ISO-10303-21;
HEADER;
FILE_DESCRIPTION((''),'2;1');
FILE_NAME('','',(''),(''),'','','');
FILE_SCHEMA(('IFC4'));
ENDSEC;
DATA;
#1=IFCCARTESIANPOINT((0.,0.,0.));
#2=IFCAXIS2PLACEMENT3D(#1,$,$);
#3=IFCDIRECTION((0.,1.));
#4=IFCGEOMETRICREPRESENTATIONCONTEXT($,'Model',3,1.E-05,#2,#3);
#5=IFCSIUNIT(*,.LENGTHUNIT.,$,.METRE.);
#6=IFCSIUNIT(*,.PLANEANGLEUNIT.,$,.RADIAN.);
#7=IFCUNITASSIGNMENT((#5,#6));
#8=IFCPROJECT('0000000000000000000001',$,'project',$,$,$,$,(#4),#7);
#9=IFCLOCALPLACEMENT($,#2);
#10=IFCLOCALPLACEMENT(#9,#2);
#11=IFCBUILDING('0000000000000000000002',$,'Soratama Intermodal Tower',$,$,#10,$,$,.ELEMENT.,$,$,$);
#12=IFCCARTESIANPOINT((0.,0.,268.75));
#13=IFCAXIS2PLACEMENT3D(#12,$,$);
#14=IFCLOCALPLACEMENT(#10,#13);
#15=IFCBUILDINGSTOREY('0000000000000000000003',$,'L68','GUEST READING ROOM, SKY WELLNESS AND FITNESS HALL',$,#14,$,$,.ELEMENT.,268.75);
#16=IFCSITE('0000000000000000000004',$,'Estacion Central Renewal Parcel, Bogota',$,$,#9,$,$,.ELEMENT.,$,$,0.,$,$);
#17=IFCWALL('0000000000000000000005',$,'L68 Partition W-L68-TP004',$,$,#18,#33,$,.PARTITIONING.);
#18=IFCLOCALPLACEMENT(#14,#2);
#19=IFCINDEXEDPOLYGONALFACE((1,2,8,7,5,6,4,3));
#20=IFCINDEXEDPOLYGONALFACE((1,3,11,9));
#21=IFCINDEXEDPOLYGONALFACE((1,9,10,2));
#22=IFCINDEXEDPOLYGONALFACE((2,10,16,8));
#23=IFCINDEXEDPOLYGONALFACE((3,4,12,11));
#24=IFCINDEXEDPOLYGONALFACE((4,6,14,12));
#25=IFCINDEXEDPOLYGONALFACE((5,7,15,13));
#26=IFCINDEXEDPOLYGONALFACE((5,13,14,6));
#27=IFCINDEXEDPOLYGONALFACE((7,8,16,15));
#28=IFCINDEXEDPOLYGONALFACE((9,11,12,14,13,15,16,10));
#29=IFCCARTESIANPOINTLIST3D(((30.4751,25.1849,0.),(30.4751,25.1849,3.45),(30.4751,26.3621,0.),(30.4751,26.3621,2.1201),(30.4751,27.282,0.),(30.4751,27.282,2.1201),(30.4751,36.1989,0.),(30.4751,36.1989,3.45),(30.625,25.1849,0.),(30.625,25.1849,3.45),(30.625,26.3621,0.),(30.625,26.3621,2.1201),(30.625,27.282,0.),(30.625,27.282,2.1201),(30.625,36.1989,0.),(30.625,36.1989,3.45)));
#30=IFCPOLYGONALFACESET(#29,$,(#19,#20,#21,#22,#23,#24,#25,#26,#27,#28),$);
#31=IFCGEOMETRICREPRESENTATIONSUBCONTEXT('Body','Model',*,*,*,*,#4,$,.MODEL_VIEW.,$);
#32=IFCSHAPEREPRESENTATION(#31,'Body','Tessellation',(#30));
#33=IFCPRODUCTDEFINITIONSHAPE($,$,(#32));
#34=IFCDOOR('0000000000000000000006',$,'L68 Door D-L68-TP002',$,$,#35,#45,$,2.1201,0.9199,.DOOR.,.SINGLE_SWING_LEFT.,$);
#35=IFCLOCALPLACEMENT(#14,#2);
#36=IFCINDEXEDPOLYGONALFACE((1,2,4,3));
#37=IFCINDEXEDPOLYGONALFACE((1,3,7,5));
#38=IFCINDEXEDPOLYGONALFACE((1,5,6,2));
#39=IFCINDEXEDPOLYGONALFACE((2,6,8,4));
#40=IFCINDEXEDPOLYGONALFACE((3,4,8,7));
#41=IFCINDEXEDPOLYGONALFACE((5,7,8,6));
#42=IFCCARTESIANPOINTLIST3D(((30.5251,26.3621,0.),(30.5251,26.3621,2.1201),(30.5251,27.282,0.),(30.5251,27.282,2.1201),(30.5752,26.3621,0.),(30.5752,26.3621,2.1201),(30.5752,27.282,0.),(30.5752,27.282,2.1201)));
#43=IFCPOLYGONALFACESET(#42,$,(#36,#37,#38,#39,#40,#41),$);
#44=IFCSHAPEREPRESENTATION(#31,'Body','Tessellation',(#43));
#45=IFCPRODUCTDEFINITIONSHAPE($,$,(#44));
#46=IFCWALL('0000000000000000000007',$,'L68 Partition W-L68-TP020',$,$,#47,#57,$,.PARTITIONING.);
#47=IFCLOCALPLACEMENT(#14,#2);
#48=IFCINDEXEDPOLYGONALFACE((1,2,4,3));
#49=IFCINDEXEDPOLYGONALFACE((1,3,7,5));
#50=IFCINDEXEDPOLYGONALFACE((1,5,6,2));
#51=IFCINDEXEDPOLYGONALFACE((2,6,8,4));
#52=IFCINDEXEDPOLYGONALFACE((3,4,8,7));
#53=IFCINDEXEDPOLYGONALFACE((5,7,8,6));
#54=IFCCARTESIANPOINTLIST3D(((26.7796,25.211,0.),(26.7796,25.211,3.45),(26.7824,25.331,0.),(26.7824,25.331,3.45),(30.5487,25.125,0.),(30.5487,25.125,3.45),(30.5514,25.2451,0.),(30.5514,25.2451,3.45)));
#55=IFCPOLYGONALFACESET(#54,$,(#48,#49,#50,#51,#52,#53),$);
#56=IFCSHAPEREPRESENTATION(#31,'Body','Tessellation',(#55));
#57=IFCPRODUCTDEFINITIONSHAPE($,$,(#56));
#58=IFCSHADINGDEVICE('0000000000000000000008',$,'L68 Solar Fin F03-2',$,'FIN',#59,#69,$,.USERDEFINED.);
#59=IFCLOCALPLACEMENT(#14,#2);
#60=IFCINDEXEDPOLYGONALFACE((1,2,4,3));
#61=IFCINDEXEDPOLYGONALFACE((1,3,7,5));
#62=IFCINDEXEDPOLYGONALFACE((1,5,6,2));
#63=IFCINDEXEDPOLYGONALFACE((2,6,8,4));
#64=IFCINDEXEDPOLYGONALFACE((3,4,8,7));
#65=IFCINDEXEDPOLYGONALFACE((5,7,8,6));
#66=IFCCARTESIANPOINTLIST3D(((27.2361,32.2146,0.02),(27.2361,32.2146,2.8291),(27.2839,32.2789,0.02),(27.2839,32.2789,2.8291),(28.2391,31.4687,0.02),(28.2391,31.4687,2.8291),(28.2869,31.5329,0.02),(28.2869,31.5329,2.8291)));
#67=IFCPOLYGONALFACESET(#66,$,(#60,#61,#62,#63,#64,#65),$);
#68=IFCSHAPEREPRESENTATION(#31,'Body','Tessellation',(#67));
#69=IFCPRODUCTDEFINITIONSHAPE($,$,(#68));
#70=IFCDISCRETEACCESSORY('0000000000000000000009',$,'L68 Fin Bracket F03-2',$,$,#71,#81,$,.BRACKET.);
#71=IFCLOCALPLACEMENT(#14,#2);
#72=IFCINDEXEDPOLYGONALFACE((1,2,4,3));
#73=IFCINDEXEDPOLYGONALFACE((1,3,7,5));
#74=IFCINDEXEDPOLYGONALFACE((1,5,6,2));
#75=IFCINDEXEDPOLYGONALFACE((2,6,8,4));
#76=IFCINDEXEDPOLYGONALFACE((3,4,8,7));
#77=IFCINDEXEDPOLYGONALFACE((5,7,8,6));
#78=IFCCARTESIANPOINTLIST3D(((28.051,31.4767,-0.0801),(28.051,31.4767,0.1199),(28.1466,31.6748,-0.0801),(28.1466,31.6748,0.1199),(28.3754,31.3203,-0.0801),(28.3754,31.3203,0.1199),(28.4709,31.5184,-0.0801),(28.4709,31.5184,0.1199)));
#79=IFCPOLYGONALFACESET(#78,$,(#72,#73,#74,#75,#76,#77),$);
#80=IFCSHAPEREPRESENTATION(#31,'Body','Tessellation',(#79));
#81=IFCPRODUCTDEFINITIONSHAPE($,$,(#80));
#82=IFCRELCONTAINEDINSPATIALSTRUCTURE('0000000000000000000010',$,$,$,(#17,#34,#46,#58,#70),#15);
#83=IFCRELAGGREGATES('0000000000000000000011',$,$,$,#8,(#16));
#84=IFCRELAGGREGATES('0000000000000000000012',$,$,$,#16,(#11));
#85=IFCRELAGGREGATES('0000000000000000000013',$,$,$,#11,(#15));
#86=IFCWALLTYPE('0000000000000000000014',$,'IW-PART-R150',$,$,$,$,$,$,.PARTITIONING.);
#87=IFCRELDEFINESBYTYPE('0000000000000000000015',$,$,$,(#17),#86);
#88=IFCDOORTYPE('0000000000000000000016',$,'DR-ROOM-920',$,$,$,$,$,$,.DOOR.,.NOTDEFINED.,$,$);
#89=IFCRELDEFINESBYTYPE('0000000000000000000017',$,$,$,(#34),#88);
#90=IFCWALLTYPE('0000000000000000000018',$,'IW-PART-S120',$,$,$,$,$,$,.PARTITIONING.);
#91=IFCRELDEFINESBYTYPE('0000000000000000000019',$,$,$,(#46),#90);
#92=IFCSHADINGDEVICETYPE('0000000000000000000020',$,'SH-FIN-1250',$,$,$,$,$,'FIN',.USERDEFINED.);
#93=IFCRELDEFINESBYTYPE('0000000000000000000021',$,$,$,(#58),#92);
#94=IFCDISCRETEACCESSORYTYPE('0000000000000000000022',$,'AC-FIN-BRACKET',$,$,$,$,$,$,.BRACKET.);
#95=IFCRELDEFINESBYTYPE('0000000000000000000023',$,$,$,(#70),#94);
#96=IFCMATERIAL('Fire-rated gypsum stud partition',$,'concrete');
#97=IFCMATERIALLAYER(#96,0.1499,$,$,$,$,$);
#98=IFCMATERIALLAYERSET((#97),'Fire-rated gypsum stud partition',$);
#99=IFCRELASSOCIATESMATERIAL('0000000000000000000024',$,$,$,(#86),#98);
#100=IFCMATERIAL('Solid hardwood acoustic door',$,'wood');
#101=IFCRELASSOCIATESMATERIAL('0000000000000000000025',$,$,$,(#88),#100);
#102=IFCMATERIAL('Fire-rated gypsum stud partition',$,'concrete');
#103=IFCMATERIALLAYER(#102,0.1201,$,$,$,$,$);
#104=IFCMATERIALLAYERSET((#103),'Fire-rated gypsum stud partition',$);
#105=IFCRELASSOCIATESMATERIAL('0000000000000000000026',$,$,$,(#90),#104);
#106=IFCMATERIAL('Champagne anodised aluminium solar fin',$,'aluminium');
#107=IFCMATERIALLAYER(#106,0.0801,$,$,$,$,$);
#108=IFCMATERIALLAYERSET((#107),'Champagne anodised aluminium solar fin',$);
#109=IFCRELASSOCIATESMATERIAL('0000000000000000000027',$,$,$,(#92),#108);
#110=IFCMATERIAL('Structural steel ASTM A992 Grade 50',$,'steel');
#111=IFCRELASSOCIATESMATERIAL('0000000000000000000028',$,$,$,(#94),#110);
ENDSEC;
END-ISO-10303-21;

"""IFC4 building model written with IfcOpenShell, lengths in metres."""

from ifc_helpers import new_model, si_unit, direction, frame, frame_2d, origin, origin_2d, place, context, subcontext, project, spatial, rectangle, extrude, material, layer, layer_set, type_object, element, fill, save


model = new_model("IFC4")

# Units and contexts
model_context = context("Model", 3, precision=1e-05, world=origin(), true_north=direction((0.0, 1.0)))
body_context = subcontext(model_context, "Body", "Model", "MODEL_VIEW")
ifc_project = project(units=[si_unit("LENGTHUNIT", "METRE"), si_unit("PLANEANGLEUNIT", "RADIAN")], contexts=[model_context])

# Site, building, storey
site_placement = place(None, origin())
site = spatial("IfcSite", under=ifc_project, at=site_placement, Name="Estacion Central Renewal Parcel, Bogota", CompositionType="ELEMENT", RefElevation=0.0)
building_placement = place(site_placement, origin())
building = spatial("IfcBuilding", under=site, at=building_placement, Name="Soratama Intermodal Tower", CompositionType="ELEMENT")
storey_placement = place(building_placement, frame((0.0, 0.0, 268.75)))
storey = spatial("IfcBuildingStorey", under=building, at=storey_placement, Name="L68", Description="GUEST READING ROOM, SKY WELLNESS AND FITNESS HALL", CompositionType="ELEMENT", Elevation=268.75)

# Wall, opening, door
ifc_material_1 = material(Name="Fire-rated gypsum stud partition", Category="concrete")
ifc_layer_1 = layer(ifc_material_1, 0.1499)
ifc_layer_set_1 = layer_set([ifc_layer_1], Name="Fire-rated gypsum stud partition")
wall_type_1 = type_object("IfcWallType", Name="IW-PART-R150", PredefinedType="PARTITIONING", material=ifc_layer_set_1)
wall_1_placement = place(storey_placement, frame((30.55, 25.1851, 0.0), z_axis=(0.0, 0.0, 1.0), x_axis=(0.0, 1.0, 0.0)))
wall_1 = element("IfcWall", 1, at=wall_1_placement, inside=storey, type_object=wall_type_1, Name="L68 Partition W-L68-TP004", PredefinedType="PARTITIONING", context=body_context, shape_type="SweptSolid", body=[
    extrude(rectangle(XDim=11.0139, YDim=0.1499, at=frame_2d((5.5068, 0.0))), origin(), (0.0, 0.0, 1.0), 3.45),
])
opening_1_placement = place(wall_1_placement, frame((1.177, 0.0, 0.0)))
opening_1 = element("IfcOpeningElement", 2, at=opening_1_placement, cuts=wall_1, PredefinedType="OPENING", context=body_context, shape_type="SweptSolid", body=[
    extrude(rectangle(XDim=0.9199, YDim=2.1201, at=frame_2d((0.46, 1.0601))), frame((0.0, 0.085, 0.0), z_axis=(0.0, -1.0, 0.0), x_axis=(1.0, 0.0, 0.0)), (0.0, 0.0, 1.0), 0.1699),
])
ifc_material_2 = material(Name="Solid hardwood acoustic door", Category="wood")
door_type_1 = type_object("IfcDoorType", Name="DR-ROOM-920", OperationType="NOTDEFINED", PredefinedType="DOOR", material=ifc_material_2)
door_1_placement = place(opening_1_placement, origin())
door_1 = element("IfcDoor", 3, at=door_1_placement, inside=storey, type_object=door_type_1, Name="L68 Door D-L68-TP002", OperationType="SINGLE_SWING_LEFT", OverallHeight=2.1201, OverallWidth=0.9199, PredefinedType="DOOR", context=body_context, shape_type="SweptSolid", body=[
    extrude(rectangle(XDim=0.9199, YDim=2.1201, at=frame_2d((0.46, 1.0601))), frame((0.0, 0.0249, 0.0), z_axis=(0.0, -1.0, 0.0), x_axis=(1.0, 0.0, 0.0)), (0.0, 0.0, 1.0), 0.05),
])
fill(opening_1, door_1)

# Wall
ifc_material_3 = material(Name="Fire-rated gypsum stud partition", Category="concrete")
ifc_layer_2 = layer(ifc_material_3, 0.1201)
ifc_layer_set_2 = layer_set([ifc_layer_2], Name="Fire-rated gypsum stud partition")
wall_type_2 = type_object("IfcWallType", Name="IW-PART-S120", PredefinedType="PARTITIONING", material=ifc_layer_set_2)
wall_2_placement = place(storey_placement, frame((30.55, 25.1851, 0.0), z_axis=(0.0, 0.0, 1.0), x_axis=(-0.99974, 0.022795, 0.0)))
element("IfcWall", 4, at=wall_2_placement, inside=storey, type_object=wall_type_2, Name="L68 Partition W-L68-TP020", PredefinedType="PARTITIONING", context=body_context, shape_type="SweptSolid", body=[
    extrude(rectangle(XDim=3.77, YDim=0.1201, at=frame_2d((1.885, 0.0))), origin(), (0.0, 0.0, 1.0), 3.45),
])

# Shading device
ifc_material_4 = material(Name="Champagne anodised aluminium solar fin", Category="aluminium")
ifc_layer_3 = layer(ifc_material_4, 0.0801)
ifc_layer_set_3 = layer_set([ifc_layer_3], Name="Champagne anodised aluminium solar fin")
shading_device_type = type_object("IfcShadingDeviceType", Name="SH-FIN-1250", ElementType="FIN", PredefinedType="USERDEFINED", material=ifc_layer_set_3)
shading_device_placement = place(storey_placement, frame((27.7615, 31.8738, 0.02), z_axis=(0.0, 0.0, 1.0), x_axis=(-0.802401, 0.596785, 0.0)))
element("IfcShadingDevice", 5, at=shading_device_placement, inside=storey, type_object=shading_device_type, Name="L68 Solar Fin F03-2", ObjectType="FIN", PredefinedType="USERDEFINED", context=body_context, shape_type="SweptSolid", body=[
    extrude(rectangle(XDim=1.25, YDim=0.0801, at=origin_2d()), origin(), (0.0, 0.0, 1.0), 2.8091),
])

# Discrete accessory
ifc_material_5 = material(Name="Structural steel ASTM A992 Grade 50", Category="steel")
discrete_accessory_type = type_object("IfcDiscreteAccessoryType", Name="AC-FIN-BRACKET", PredefinedType="BRACKET", material=ifc_material_5)
discrete_accessory_placement = place(storey_placement, frame((28.261, 31.4976, -0.0801), z_axis=(0.0, 0.0, 1.0), x_axis=(-0.900774, 0.434288, 0.0)))
element("IfcDiscreteAccessory", 6, at=discrete_accessory_placement, inside=storey, type_object=discrete_accessory_type, Name="L68 Fin Bracket F03-2", PredefinedType="BRACKET", context=body_context, shape_type="SweptSolid", body=[
    extrude(rectangle(XDim=0.3601, YDim=0.22, at=origin_2d()), origin(), (0.0, 0.0, 1.0), 0.2),
])

save(model, "model.ifc")
